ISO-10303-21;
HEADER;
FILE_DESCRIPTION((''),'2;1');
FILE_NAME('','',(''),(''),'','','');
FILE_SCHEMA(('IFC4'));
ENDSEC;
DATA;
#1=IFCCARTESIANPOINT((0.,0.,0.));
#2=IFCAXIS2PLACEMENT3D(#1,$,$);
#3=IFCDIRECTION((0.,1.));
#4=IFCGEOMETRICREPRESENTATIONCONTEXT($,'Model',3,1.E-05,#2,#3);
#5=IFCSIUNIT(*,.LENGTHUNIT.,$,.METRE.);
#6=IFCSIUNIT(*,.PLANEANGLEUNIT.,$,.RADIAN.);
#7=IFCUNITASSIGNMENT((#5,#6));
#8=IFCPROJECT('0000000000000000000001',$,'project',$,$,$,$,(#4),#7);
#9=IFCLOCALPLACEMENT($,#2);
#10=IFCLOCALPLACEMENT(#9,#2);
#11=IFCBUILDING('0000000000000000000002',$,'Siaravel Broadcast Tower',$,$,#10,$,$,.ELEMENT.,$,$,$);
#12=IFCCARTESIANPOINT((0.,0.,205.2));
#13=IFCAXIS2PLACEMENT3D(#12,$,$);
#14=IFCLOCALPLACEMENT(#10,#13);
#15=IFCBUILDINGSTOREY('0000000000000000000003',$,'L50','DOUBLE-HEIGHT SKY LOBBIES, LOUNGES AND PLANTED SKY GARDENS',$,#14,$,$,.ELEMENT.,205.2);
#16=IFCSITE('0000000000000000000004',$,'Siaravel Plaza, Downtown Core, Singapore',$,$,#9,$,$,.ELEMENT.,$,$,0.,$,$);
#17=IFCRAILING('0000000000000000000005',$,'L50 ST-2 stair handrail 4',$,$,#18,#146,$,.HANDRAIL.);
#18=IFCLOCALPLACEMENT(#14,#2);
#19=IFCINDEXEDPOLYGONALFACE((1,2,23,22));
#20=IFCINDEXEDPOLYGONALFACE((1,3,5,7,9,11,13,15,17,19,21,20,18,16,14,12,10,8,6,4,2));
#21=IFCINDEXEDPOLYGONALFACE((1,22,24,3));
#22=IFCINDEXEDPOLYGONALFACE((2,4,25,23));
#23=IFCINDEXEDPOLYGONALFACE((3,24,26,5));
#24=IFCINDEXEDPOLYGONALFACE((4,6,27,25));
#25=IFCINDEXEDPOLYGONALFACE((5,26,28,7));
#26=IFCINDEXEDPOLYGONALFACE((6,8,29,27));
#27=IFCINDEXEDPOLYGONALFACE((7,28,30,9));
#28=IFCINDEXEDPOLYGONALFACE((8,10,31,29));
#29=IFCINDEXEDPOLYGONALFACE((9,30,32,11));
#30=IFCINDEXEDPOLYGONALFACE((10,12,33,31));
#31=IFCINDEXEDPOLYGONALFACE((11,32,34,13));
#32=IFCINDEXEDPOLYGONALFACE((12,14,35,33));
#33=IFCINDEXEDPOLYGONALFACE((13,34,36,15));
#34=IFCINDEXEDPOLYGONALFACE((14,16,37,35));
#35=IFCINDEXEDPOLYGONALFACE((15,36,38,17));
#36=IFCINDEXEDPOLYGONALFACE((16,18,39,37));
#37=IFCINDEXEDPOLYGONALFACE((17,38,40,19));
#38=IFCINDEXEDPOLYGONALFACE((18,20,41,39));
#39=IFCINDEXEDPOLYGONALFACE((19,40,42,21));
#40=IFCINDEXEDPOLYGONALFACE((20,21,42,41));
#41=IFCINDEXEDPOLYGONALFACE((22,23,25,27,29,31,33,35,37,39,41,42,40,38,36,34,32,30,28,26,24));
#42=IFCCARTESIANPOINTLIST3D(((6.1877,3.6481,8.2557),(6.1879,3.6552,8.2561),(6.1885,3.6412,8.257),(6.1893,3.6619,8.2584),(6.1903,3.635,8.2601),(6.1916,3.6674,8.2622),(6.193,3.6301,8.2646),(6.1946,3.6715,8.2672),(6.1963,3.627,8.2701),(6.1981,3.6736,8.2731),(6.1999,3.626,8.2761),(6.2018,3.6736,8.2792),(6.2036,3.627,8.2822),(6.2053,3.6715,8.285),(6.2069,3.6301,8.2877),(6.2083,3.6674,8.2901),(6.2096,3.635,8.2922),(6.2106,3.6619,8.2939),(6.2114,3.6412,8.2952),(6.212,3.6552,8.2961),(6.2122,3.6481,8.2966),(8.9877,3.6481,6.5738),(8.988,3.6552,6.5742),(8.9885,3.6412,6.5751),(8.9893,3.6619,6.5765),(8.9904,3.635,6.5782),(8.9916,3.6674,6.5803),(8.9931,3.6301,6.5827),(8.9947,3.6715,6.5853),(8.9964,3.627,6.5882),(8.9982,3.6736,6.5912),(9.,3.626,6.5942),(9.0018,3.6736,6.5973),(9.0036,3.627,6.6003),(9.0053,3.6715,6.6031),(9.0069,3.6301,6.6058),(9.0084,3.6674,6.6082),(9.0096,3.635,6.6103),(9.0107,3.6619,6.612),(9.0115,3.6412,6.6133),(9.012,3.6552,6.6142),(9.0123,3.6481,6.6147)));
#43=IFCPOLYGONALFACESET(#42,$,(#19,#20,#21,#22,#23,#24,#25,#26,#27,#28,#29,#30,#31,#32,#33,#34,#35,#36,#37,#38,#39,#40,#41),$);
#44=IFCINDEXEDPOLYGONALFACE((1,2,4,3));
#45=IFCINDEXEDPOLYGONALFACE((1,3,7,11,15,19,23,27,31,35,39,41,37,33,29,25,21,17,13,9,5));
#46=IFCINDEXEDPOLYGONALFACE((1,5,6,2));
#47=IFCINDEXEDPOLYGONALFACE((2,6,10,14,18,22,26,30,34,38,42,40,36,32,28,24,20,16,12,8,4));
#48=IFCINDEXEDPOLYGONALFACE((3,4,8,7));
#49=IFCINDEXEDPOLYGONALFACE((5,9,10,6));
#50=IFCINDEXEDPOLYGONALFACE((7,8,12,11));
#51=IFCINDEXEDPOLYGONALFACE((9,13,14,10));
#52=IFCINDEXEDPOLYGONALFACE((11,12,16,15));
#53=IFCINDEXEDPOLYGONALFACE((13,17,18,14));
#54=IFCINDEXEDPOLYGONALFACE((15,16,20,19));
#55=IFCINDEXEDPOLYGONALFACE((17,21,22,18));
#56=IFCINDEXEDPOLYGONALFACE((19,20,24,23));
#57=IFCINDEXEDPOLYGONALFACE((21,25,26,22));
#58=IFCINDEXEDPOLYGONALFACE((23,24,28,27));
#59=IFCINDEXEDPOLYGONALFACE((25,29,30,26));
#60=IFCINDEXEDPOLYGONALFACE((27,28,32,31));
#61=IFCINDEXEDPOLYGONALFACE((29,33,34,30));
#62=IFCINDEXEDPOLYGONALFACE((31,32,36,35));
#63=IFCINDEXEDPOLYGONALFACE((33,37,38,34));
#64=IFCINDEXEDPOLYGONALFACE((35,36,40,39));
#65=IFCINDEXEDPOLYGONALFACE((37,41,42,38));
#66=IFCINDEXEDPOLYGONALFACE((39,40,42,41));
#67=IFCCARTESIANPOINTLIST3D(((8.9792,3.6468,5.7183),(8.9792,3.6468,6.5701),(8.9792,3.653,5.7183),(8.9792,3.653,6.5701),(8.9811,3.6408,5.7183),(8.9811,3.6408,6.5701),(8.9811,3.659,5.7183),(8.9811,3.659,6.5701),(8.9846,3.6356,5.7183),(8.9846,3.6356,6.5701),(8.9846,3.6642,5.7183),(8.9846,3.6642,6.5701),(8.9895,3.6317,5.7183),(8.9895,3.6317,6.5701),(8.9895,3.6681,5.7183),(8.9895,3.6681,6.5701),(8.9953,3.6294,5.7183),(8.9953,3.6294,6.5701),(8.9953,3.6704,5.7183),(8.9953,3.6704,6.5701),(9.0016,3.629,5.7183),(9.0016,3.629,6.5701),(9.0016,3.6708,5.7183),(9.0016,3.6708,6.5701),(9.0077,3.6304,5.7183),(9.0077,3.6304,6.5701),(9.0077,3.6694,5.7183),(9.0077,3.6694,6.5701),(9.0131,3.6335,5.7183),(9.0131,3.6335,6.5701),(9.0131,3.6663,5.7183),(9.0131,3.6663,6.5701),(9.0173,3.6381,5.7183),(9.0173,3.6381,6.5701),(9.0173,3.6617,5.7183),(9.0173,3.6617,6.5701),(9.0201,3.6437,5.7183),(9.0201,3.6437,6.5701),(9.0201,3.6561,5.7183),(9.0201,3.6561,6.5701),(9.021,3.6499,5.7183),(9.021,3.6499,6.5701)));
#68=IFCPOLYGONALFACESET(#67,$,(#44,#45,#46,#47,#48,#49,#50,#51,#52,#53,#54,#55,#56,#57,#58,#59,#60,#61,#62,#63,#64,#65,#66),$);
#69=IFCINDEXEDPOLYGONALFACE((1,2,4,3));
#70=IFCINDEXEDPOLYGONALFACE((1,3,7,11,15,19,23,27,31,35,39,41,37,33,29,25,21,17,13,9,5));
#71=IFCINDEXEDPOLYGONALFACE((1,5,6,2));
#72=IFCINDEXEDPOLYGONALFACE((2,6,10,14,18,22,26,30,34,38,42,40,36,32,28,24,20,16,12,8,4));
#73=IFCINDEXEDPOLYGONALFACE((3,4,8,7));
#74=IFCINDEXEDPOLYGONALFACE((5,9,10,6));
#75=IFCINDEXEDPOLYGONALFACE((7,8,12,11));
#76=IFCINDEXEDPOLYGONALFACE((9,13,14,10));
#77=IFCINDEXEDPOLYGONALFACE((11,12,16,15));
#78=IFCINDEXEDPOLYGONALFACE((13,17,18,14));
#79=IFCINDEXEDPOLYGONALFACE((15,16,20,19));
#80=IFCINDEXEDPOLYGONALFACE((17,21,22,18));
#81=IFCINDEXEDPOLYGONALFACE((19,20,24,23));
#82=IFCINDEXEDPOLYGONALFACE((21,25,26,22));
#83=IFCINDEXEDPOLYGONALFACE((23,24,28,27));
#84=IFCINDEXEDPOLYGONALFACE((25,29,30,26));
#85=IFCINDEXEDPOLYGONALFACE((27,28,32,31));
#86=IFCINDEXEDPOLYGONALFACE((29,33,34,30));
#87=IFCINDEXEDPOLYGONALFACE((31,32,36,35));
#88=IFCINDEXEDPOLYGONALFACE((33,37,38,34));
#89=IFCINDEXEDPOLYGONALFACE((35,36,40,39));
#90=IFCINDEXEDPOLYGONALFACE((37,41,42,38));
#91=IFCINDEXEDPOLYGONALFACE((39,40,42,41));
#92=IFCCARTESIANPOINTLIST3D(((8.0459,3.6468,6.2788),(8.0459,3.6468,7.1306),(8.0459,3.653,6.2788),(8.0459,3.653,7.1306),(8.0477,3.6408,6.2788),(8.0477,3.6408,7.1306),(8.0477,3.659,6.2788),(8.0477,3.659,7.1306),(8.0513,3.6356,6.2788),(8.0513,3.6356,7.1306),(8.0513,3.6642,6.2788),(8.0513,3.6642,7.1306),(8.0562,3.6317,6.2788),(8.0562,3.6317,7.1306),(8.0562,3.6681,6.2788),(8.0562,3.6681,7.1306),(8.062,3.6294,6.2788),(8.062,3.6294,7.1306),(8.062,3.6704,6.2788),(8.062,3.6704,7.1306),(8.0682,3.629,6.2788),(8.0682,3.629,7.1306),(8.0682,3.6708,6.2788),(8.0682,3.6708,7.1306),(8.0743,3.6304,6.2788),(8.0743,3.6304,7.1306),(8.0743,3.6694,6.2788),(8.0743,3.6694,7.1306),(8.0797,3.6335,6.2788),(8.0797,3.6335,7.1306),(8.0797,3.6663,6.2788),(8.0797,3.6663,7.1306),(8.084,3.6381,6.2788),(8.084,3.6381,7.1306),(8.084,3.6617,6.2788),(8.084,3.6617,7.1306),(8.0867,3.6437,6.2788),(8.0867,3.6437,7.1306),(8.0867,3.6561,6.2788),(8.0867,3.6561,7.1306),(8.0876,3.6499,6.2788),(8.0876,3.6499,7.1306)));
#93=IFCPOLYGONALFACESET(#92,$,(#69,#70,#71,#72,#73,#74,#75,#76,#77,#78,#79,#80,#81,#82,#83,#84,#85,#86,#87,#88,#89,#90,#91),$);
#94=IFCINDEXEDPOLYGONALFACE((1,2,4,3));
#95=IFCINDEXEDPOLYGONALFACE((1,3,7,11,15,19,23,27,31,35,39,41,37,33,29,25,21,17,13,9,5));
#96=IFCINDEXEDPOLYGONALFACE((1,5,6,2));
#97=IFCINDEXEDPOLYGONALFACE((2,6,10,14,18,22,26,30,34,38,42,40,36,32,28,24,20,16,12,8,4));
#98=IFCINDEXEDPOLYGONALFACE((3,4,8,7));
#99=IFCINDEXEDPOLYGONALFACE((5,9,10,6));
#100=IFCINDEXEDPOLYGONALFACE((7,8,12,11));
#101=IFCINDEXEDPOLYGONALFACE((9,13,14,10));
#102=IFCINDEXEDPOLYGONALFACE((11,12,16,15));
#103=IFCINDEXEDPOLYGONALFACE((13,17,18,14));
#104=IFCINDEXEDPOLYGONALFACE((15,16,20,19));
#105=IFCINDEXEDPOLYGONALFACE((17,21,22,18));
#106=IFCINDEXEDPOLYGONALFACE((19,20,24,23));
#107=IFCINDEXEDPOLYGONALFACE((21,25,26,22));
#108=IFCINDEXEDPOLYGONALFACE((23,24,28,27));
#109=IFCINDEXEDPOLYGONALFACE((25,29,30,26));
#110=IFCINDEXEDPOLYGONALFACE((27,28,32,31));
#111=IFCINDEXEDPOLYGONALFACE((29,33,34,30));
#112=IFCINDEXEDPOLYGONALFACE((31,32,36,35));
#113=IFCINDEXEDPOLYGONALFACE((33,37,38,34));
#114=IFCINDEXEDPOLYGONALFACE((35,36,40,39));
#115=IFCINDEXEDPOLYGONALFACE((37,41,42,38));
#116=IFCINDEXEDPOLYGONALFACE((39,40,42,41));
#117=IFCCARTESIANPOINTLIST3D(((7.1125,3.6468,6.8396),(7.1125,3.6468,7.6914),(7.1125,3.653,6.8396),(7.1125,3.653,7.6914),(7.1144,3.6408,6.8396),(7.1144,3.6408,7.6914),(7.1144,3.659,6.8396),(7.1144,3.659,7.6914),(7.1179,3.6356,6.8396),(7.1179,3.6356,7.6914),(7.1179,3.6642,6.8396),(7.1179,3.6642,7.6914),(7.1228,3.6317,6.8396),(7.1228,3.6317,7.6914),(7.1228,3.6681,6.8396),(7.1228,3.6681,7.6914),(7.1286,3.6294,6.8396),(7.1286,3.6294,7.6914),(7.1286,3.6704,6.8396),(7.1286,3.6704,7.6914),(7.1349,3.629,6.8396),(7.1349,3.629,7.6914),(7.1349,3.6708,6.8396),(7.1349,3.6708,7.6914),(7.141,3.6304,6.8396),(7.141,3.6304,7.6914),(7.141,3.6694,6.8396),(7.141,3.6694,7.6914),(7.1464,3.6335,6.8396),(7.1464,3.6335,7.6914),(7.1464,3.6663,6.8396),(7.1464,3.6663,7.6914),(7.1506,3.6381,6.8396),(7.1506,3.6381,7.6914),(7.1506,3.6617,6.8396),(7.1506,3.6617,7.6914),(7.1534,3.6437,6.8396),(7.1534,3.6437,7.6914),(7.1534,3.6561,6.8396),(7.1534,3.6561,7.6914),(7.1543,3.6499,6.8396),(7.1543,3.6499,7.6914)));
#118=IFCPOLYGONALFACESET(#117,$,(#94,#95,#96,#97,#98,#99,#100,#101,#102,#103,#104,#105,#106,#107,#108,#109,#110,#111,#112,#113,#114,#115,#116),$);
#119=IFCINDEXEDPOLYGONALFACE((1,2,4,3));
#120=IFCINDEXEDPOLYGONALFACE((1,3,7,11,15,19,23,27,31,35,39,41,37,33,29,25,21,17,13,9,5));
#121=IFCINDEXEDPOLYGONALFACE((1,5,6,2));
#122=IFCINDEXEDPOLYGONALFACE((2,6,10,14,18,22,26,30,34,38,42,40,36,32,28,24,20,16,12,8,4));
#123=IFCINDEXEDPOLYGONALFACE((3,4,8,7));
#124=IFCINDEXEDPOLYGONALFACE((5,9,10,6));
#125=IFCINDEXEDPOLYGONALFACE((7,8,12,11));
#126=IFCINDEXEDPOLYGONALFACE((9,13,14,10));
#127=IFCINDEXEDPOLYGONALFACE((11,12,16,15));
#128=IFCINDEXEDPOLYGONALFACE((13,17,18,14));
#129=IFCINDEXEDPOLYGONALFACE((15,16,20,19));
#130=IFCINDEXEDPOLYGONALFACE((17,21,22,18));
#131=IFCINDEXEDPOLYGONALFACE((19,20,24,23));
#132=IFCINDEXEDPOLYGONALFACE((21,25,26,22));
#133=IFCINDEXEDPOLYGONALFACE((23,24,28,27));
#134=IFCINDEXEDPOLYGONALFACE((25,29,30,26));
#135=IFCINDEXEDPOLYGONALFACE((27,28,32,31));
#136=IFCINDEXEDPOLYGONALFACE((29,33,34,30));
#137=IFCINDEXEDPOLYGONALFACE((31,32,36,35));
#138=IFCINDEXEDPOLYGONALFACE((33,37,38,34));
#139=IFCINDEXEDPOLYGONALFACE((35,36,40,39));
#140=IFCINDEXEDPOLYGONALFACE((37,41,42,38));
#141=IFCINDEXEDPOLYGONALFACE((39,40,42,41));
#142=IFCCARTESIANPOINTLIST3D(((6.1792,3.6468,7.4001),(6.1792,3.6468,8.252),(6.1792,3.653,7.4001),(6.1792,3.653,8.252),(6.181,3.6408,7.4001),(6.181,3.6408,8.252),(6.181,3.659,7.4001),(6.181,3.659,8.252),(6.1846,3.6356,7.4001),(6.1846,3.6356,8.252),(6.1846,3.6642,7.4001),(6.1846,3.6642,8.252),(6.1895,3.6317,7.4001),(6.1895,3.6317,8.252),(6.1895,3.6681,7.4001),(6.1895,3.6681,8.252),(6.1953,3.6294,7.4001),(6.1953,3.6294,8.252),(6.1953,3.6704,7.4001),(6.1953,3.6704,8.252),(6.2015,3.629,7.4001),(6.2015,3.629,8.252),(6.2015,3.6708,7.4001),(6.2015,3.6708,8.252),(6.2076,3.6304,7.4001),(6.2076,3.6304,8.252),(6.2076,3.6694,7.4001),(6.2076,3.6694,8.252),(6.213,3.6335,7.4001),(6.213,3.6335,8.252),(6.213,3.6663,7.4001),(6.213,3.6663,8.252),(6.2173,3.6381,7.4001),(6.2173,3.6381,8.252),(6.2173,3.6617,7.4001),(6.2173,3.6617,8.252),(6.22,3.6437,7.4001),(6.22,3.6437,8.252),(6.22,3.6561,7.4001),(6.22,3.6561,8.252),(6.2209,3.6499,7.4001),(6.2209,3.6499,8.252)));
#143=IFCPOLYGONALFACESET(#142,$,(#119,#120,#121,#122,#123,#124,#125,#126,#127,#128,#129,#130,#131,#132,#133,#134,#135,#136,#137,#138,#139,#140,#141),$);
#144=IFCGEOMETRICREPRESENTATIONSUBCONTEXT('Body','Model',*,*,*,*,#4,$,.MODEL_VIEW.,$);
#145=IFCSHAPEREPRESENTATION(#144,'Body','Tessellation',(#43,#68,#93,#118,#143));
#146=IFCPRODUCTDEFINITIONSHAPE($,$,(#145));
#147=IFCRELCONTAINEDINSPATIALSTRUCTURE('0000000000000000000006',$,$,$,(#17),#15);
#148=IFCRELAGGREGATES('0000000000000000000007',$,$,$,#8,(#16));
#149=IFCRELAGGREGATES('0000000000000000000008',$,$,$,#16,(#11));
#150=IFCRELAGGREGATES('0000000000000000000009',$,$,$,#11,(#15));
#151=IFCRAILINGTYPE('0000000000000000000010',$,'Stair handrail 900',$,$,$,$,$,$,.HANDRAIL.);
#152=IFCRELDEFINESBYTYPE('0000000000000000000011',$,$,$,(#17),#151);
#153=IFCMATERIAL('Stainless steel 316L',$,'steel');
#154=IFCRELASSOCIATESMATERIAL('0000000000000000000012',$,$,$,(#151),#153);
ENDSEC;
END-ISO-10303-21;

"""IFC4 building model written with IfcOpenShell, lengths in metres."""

from ifc_helpers import new_model, si_unit, direction, frame, origin, origin_2d, place, context, subcontext, project, spatial, circle, extrude, material, type_object, element, save


model = new_model("IFC4")

# Units and contexts
model_context = context("Model", 3, precision=1e-05, world=origin(), true_north=direction((0.0, 1.0)))
body_context = subcontext(model_context, "Body", "Model", "MODEL_VIEW")
ifc_project = project(units=[si_unit("LENGTHUNIT", "METRE"), si_unit("PLANEANGLEUNIT", "RADIAN")], contexts=[model_context])

# Site, building, storey
site_placement = place(None, origin())
site = spatial("IfcSite", under=ifc_project, at=site_placement, Name="Siaravel Plaza, Downtown Core, Singapore", CompositionType="ELEMENT", RefElevation=0.0)
building_placement = place(site_placement, origin())
building = spatial("IfcBuilding", under=site, at=building_placement, Name="Siaravel Broadcast Tower", CompositionType="ELEMENT")
storey_placement = place(building_placement, frame((0.0, 0.0, 205.2)))
storey = spatial("IfcBuildingStorey", under=building, at=storey_placement, Name="L50", Description="DOUBLE-HEIGHT SKY LOBBIES, LOUNGES AND PLANTED SKY GARDENS", CompositionType="ELEMENT", Elevation=205.2)

# Railing
ifc_material_1 = material(Name="Stainless steel 316L", Category="steel")
railing_type_1 = type_object("IfcRailingType", Name="Stair handrail 900", PredefinedType="HANDRAIL", material=ifc_material_1)
railing_1_placement = place(storey_placement, frame((9.0, 3.6499, 5.7183)))
element("IfcRailing", 1, at=railing_1_placement, inside=storey, type_object=railing_type_1, Name="L50 ST-2 stair handrail 4", PredefinedType="HANDRAIL", context=body_context, shape_type="SweptSolid", body=[
    extrude(circle(Radius=0.0239, at=origin_2d()), frame((0.0, 0.0, 0.876), z_axis=(-0.857242, 0.0, 0.514913), x_axis=(0.0, -1.0, 0.0)), (0.0, 0.0, 1.0), 3.2664),
    extrude(circle(Radius=0.021, at=origin_2d()), origin(), (0.0, 0.0, 1.0), 0.8518),
    extrude(circle(Radius=0.021, at=origin_2d()), frame((-0.9333, 0.0, 0.5605)), (0.0, 0.0, 1.0), 0.8518),
    extrude(circle(Radius=0.021, at=origin_2d()), frame((-1.8667, 0.0, 1.1213)), (0.0, 0.0, 1.0), 0.8518),
    extrude(circle(Radius=0.021, at=origin_2d()), frame((-2.8, 0.0, 1.6819)), (0.0, 0.0, 1.0), 0.8518),
])

save(model, "model.ifc")
